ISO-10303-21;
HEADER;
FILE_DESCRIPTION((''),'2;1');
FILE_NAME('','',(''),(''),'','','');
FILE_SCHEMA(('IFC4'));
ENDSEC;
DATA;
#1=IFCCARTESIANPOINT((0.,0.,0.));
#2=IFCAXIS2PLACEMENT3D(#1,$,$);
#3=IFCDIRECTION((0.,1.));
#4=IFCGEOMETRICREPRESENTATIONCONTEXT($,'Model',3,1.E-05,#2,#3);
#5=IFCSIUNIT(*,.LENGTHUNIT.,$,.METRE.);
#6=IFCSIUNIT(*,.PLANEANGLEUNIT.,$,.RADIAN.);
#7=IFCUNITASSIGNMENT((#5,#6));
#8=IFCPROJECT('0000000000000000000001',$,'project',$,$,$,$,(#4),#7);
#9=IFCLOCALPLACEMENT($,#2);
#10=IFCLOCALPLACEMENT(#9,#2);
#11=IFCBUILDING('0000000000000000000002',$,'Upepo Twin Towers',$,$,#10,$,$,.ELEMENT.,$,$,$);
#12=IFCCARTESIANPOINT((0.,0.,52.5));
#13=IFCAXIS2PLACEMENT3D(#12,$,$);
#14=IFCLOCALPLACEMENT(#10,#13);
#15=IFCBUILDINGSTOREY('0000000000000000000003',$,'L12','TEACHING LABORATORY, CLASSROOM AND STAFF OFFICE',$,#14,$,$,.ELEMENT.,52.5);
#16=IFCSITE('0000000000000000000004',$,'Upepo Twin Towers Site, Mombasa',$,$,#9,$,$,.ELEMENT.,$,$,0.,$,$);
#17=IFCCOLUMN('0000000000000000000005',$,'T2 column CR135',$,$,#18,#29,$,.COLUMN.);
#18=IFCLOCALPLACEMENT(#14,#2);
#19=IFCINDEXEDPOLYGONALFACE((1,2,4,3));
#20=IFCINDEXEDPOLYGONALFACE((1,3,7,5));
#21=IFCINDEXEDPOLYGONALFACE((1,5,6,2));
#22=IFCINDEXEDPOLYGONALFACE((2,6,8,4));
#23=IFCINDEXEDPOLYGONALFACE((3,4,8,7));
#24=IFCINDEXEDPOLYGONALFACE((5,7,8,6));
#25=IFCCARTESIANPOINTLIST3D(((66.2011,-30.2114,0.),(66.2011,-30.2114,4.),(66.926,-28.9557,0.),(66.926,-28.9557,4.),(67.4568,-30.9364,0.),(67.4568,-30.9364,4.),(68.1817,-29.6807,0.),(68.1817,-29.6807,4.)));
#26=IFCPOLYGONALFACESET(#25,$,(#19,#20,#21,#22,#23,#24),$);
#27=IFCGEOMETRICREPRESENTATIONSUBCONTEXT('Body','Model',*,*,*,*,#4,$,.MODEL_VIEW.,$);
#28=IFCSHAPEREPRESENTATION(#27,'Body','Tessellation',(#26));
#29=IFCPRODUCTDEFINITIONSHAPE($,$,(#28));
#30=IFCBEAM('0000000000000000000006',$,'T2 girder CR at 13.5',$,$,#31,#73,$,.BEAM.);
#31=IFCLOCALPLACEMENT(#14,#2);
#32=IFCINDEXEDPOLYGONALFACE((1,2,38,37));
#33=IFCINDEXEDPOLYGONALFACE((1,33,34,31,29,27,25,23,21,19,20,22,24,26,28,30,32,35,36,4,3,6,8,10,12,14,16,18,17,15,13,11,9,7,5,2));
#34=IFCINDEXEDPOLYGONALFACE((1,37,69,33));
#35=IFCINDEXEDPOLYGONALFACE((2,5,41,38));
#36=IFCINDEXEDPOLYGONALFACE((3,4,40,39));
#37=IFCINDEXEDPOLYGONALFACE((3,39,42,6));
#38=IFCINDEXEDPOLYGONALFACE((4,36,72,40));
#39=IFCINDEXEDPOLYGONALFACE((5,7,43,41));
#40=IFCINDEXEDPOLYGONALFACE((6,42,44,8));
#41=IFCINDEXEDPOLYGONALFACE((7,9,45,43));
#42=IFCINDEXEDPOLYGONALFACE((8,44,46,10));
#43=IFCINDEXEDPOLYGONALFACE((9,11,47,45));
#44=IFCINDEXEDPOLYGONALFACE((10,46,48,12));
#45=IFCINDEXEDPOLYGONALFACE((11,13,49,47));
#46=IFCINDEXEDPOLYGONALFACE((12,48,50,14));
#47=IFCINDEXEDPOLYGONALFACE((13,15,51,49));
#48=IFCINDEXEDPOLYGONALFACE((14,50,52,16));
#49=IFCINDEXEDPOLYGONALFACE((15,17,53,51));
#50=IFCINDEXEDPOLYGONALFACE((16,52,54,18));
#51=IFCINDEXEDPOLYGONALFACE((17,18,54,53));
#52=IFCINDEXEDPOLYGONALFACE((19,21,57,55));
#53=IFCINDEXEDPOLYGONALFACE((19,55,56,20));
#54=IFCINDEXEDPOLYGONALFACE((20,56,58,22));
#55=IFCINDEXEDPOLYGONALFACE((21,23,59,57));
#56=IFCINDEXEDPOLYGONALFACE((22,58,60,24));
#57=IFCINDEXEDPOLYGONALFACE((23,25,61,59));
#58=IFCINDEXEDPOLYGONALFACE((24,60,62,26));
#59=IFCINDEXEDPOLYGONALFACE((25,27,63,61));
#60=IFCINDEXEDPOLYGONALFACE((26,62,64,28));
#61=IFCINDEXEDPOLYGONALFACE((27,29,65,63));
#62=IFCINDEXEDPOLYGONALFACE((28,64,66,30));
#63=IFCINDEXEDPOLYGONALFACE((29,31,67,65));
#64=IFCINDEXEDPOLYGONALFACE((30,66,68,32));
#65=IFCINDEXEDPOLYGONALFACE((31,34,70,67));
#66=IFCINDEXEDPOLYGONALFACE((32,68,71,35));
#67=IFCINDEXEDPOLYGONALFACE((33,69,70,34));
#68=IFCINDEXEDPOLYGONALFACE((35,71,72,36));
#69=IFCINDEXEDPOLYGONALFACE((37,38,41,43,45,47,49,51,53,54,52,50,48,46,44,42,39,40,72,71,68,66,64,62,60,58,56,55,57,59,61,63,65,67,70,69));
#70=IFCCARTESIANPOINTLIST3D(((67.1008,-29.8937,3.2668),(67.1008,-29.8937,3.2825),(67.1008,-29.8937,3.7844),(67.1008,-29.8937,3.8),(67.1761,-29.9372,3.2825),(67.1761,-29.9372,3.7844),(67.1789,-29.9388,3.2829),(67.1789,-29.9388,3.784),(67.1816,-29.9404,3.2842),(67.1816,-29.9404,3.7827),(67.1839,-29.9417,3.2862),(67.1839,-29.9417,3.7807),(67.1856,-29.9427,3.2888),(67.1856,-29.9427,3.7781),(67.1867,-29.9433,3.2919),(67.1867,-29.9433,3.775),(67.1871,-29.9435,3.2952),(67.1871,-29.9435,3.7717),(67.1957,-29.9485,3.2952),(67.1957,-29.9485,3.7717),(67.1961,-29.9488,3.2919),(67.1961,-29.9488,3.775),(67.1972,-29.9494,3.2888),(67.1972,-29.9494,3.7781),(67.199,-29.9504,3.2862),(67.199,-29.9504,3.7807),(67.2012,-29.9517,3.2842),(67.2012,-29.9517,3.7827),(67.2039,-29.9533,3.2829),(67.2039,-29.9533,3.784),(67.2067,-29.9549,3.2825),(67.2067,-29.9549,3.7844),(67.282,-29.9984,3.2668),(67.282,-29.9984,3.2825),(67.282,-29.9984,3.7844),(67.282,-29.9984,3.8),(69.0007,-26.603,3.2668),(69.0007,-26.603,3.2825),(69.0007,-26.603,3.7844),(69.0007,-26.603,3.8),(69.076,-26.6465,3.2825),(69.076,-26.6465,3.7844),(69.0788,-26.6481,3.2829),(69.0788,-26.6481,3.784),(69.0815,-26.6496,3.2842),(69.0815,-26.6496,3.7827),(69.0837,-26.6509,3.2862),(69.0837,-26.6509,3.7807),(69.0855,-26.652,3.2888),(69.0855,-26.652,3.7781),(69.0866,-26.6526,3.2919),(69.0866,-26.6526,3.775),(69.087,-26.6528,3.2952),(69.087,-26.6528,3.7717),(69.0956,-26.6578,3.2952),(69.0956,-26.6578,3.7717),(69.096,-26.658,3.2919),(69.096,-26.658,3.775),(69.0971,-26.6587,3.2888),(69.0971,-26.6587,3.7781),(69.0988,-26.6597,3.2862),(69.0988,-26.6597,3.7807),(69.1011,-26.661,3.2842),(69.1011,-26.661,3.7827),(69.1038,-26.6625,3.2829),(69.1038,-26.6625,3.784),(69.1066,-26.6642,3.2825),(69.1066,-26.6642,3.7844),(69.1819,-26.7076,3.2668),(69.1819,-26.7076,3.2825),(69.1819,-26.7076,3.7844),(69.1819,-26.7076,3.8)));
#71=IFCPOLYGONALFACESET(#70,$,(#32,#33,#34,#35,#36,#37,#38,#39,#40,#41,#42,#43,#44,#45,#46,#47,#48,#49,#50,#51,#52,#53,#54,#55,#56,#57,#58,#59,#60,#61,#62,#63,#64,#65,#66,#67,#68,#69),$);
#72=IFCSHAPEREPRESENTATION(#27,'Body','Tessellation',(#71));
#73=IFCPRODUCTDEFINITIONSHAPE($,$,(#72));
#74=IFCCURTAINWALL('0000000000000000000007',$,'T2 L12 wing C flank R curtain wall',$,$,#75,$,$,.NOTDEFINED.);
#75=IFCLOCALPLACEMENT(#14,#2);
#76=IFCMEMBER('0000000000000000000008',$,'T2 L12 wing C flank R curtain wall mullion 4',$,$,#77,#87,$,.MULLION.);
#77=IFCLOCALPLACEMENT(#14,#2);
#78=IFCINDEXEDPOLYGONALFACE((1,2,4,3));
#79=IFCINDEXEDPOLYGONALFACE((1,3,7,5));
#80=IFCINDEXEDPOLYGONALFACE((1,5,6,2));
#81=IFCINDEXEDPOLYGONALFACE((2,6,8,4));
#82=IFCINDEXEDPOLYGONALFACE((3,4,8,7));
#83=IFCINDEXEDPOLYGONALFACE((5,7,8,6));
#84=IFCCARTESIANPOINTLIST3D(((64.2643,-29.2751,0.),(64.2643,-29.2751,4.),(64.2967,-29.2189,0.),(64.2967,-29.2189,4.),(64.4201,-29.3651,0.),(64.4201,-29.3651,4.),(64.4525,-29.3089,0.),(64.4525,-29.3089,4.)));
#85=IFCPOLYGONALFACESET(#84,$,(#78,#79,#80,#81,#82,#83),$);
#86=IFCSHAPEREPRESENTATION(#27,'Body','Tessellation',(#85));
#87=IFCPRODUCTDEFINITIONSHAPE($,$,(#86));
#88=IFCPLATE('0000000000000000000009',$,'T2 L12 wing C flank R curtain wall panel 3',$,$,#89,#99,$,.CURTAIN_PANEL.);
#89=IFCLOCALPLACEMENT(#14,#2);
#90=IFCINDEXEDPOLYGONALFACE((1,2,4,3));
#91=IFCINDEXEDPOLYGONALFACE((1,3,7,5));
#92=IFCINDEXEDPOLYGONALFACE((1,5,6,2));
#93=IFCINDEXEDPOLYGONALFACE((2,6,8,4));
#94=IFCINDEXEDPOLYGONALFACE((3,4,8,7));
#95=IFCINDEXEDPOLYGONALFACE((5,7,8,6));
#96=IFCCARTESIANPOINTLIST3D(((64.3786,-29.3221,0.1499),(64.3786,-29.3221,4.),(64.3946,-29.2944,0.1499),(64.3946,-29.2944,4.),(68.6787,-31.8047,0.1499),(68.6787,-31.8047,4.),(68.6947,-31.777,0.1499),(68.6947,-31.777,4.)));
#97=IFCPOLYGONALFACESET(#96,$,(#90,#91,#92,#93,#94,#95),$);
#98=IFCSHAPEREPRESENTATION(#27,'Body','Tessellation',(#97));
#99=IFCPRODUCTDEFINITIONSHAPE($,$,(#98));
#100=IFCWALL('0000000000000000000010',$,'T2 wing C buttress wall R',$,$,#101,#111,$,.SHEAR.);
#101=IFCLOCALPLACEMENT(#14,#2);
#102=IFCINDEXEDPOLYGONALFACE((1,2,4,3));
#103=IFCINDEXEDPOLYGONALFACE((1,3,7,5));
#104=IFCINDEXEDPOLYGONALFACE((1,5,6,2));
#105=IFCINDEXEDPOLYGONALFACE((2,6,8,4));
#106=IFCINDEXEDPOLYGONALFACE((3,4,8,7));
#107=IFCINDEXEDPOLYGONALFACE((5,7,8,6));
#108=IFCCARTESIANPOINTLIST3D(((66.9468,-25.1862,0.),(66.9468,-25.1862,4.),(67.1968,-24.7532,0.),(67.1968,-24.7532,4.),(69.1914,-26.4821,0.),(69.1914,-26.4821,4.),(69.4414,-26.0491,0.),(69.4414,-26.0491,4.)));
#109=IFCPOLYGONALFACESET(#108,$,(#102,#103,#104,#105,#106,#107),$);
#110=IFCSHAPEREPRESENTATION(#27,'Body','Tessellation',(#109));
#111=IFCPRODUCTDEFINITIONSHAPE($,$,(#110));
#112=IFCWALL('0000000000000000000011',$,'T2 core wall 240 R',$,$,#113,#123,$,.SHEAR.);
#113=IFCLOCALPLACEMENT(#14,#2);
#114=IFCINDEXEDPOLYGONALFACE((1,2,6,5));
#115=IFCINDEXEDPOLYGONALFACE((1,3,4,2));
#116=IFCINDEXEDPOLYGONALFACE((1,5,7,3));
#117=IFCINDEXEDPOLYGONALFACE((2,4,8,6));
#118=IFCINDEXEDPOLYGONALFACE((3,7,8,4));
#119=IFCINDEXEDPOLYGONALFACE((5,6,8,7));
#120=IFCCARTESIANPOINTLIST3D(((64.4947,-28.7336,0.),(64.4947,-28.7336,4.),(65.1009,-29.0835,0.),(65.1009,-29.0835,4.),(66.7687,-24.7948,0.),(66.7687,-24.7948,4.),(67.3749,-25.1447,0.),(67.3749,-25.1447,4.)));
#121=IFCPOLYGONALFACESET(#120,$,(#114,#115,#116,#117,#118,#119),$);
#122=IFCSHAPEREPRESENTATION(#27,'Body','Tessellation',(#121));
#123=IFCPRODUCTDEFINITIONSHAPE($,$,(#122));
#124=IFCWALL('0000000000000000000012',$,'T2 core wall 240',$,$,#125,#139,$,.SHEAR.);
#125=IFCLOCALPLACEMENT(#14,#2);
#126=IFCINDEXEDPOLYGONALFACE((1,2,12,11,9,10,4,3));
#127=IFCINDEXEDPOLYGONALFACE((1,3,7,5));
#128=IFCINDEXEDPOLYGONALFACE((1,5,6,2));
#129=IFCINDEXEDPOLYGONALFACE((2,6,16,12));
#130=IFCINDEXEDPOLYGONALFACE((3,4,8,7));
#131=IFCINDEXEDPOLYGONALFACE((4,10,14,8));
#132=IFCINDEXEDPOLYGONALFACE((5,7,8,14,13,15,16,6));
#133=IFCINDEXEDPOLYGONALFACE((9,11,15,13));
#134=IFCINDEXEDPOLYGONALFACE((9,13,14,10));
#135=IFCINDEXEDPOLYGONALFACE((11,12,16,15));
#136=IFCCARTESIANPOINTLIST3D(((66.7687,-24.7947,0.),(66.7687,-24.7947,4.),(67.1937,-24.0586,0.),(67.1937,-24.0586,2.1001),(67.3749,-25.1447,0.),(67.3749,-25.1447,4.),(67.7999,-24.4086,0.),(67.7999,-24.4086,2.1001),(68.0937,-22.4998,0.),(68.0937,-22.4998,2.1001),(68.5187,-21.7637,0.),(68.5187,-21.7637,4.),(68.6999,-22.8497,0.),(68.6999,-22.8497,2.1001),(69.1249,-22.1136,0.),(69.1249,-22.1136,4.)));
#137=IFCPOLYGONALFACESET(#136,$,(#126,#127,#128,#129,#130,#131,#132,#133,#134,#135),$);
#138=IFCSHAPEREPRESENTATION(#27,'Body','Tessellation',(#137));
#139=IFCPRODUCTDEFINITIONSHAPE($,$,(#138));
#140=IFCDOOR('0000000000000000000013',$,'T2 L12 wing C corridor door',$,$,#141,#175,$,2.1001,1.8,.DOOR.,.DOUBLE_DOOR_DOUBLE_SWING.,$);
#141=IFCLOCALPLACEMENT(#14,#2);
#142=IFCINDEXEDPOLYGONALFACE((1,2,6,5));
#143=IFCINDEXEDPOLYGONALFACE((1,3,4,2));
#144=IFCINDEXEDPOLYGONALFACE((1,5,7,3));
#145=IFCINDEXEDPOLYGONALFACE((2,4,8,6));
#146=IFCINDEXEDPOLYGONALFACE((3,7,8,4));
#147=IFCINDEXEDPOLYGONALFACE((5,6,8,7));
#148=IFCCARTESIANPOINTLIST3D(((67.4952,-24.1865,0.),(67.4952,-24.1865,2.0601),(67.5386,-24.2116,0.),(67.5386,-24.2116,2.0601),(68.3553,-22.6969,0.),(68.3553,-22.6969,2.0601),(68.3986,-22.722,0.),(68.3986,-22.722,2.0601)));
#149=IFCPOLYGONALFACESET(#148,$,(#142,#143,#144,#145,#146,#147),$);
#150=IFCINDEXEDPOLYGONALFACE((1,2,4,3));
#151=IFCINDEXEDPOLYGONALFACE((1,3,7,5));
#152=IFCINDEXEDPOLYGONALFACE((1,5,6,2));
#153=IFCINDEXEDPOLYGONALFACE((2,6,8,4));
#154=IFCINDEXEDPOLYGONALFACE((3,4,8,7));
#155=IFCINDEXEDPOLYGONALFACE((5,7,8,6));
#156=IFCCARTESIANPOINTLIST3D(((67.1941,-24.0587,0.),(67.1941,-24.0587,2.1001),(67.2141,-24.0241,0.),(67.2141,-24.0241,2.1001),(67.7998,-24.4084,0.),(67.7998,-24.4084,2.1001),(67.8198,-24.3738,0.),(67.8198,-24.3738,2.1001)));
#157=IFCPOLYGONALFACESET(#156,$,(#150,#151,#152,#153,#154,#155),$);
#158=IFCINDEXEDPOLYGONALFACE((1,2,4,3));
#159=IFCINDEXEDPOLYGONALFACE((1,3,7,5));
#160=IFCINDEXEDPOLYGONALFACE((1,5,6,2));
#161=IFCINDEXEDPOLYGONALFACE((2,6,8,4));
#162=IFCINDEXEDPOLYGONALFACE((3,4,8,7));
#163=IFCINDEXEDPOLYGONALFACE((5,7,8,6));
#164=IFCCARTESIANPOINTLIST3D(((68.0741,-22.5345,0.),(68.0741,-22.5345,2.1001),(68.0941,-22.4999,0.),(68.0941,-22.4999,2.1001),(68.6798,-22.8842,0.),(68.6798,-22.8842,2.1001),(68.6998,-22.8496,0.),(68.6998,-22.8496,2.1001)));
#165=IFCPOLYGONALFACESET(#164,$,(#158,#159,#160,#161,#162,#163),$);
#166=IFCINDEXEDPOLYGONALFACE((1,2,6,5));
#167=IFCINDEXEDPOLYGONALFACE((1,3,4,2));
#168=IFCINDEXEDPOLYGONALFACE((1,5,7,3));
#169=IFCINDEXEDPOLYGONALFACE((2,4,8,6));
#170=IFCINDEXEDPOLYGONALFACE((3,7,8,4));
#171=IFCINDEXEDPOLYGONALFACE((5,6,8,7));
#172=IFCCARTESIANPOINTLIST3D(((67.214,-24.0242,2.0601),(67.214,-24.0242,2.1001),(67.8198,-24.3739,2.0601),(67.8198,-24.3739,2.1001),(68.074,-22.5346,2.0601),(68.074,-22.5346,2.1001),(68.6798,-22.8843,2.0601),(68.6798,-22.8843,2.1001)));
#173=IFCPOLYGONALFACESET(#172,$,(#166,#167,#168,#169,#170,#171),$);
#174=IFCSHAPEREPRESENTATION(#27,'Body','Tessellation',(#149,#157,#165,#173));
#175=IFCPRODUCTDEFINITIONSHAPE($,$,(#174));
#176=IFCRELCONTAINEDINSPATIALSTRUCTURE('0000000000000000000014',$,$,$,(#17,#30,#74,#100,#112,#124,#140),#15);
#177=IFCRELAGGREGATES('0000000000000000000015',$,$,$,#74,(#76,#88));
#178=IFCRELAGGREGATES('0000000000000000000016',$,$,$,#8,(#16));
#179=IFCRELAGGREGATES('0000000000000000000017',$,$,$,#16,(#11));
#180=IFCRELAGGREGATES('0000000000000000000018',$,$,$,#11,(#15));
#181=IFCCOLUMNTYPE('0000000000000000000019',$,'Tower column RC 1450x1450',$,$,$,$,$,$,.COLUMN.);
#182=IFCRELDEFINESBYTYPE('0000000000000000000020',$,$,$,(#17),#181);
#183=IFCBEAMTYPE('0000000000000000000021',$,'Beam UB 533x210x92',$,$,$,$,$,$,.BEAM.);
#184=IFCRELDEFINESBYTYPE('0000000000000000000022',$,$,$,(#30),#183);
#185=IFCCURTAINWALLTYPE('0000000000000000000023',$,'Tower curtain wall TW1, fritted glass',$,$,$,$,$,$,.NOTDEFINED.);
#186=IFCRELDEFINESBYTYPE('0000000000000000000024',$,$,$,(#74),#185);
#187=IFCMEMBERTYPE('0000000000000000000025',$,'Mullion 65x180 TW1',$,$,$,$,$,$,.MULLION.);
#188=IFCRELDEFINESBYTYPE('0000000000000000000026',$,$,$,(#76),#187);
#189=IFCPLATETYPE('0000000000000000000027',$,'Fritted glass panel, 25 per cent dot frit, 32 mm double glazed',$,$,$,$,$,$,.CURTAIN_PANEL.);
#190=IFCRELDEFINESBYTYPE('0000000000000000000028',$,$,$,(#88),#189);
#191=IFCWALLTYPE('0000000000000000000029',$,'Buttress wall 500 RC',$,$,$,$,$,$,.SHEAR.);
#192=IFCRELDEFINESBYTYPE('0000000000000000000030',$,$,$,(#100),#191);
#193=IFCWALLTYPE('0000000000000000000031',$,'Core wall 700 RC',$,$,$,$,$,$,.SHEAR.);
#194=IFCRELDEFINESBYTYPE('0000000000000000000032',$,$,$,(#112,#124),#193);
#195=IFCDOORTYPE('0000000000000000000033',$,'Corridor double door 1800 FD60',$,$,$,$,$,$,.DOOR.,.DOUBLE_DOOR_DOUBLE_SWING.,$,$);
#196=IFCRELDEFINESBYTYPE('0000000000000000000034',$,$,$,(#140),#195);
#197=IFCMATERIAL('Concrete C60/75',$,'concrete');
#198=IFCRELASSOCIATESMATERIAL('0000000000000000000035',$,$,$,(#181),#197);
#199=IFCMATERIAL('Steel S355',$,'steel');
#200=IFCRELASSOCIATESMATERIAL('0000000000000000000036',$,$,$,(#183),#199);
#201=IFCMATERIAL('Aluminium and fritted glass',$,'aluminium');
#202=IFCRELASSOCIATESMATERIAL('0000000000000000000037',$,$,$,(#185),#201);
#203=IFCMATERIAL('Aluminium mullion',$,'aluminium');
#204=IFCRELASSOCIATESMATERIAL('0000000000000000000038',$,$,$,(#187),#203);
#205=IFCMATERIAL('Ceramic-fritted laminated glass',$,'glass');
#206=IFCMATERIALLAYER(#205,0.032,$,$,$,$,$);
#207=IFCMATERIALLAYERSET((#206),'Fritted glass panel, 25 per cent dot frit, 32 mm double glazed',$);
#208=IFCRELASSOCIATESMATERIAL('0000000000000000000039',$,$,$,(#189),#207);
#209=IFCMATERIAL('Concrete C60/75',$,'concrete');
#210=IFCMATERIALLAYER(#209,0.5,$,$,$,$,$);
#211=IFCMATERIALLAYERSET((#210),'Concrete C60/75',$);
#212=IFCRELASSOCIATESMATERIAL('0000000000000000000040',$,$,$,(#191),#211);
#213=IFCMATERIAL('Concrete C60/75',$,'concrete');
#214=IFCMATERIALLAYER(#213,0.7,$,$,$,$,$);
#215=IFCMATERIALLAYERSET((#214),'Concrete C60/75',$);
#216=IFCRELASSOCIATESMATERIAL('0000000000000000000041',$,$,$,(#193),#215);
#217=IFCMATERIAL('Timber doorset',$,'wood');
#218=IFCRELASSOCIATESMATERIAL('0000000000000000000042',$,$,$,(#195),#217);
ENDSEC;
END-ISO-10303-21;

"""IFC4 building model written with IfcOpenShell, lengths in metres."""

from ifc_helpers import new_model, si_unit, direction, frame, frame_2d, origin, origin_2d, place, context, subcontext, project, spatial, rectangle, i_section, extrude, material, layer, layer_set, material_profile, profile_set, type_object, element, fill, aggregate, save


model = new_model("IFC4")

# Units and contexts
model_context = context("Model", 3, precision=1e-05, world=origin(), true_north=direction((0.0, 1.0)))
body_context = subcontext(model_context, "Body", "Model", "MODEL_VIEW")
ifc_project = project(units=[si_unit("LENGTHUNIT", "METRE"), si_unit("PLANEANGLEUNIT", "RADIAN")], contexts=[model_context])

# Site, building, storey
site_placement = place(None, origin())
site = spatial("IfcSite", under=ifc_project, at=site_placement, Name="Upepo Twin Towers Site, Mombasa", CompositionType="ELEMENT", RefElevation=0.0)
building_placement = place(site_placement, origin())
building = spatial("IfcBuilding", under=site, at=building_placement, Name="Upepo Twin Towers", CompositionType="ELEMENT")
storey_placement = place(building_placement, frame((0.0, 0.0, 52.5)))
storey = spatial("IfcBuildingStorey", under=building, at=storey_placement, Name="L12", Description="TEACHING LABORATORY, CLASSROOM AND STAFF OFFICE", CompositionType="ELEMENT", Elevation=52.5)

# Column
ifc_material_1 = material(Name="Concrete C60/75", Category="concrete")
ifc_material_profile_1 = material_profile(ifc_material_1, rectangle(XDim=1.45, YDim=1.45, at=origin_2d()), Name="RC 1450x1450")
ifc_profile_set_1 = profile_set([ifc_material_profile_1], Name="Concrete C60/75")
column_type = type_object("IfcColumnType", Name="Tower column RC 1450x1450", PredefinedType="COLUMN", material=ifc_profile_set_1)
column_placement = place(storey_placement, frame((67.1914, -29.946, 0.0), z_axis=(0.0, 0.0, 1.0), x_axis=(0.5, 0.866025, 0.0)))
element("IfcColumn", 1, at=column_placement, inside=storey, type_object=column_type, Name="T2 column CR135", PredefinedType="COLUMN", context=body_context, shape_type="SweptSolid", body=[
    extrude(rectangle(XDim=1.45, YDim=1.45, at=origin_2d()), origin(), (0.0, 0.0, 1.0), 4.0),
])

# Beam
ifc_material_2 = material(Name="Steel S355", Category="steel")
ifc_material_profile_2 = material_profile(ifc_material_2, i_section(OverallWidth=0.2092, OverallDepth=0.5332, WebThickness=0.01, FlangeThickness=0.0156, FilletRadius=0.0127, at=origin_2d()), Name="UB 533x210x92")
ifc_profile_set_2 = profile_set([ifc_material_profile_2], Name="Steel S355")
beam_type = type_object("IfcBeamType", Name="Beam UB 533x210x92", PredefinedType="BEAM", material=ifc_profile_set_2)
beam_placement = place(storey_placement, frame((67.1914, -29.946, 3.5334), z_axis=(0.499995, 0.866028, 0.0), x_axis=(-0.866028, 0.499995, 0.0)))
element("IfcBeam", 2, at=beam_placement, inside=storey, type_object=beam_type, Name="T2 girder CR at 13.5", PredefinedType="BEAM", context=body_context, shape_type="SweptSolid", body=[
    extrude(i_section(OverallWidth=0.2092, OverallDepth=0.5332, WebThickness=0.01, FlangeThickness=0.0156, FilletRadius=0.0127, at=origin_2d()), origin(), (0.0, 0.0, 1.0), 3.7998),
])

# Curtain wall, member, plate
ifc_material_3 = material(Name="Aluminium and fritted glass", Category="aluminium")
curtain_wall_type = type_object("IfcCurtainWallType", Name="Tower curtain wall TW1, fritted glass", PredefinedType="NOTDEFINED", material=ifc_material_3)
curtain_wall_placement = place(storey_placement, origin())
curtain_wall = element("IfcCurtainWall", 3, at=curtain_wall_placement, inside=storey, type_object=curtain_wall_type, Name="T2 L12 wing C flank R curtain wall", PredefinedType="NOTDEFINED")
ifc_material_4 = material(Name="Aluminium mullion", Category="aluminium")
ifc_material_profile_3 = material_profile(ifc_material_4, rectangle(XDim=0.0649, YDim=0.1799, at=origin_2d()), Name="MULLION 65x180")
ifc_profile_set_3 = profile_set([ifc_material_profile_3], Name="Aluminium mullion")
member_type = type_object("IfcMemberType", Name="Mullion 65x180 TW1", PredefinedType="MULLION", material=ifc_profile_set_3)
member_placement = place(storey_placement, frame((64.3584, -29.292, 0.0), z_axis=(0.0, 0.0, 1.0), x_axis=(-0.5, -0.866025, 0.0)))
member = element("IfcMember", 4, at=member_placement, type_object=member_type, Name="T2 L12 wing C flank R curtain wall mullion 4", PredefinedType="MULLION", context=body_context, shape_type="SweptSolid", body=[
    extrude(rectangle(XDim=0.0649, YDim=0.1799, at=origin_2d()), origin(), (0.0, 0.0, 1.0), 4.0),
])
ifc_material_5 = material(Name="Ceramic-fritted laminated glass", Category="glass")
ifc_layer_1 = layer(ifc_material_5, 0.032)
ifc_layer_set_1 = layer_set([ifc_layer_1], Name="Fritted glass panel, 25 per cent dot frit, 32 mm double glazed")
plate_type = type_object("IfcPlateType", Name="Fritted glass panel, 25 per cent dot frit, 32 mm double glazed", PredefinedType="CURTAIN_PANEL", material=ifc_layer_set_1)
plate_placement = place(storey_placement, frame((66.5366, -30.5496, 0.1499), z_axis=(0.0, 0.0, 1.0), x_axis=(-0.866025, 0.5, 0.0)))
plate = element("IfcPlate", 5, at=plate_placement, type_object=plate_type, Name="T2 L12 wing C flank R curtain wall panel 3", PredefinedType="CURTAIN_PANEL", context=body_context, shape_type="SweptSolid", body=[
    extrude(rectangle(XDim=4.9653, YDim=0.032, at=origin_2d()), origin(), (0.0, 0.0, 1.0), 3.8501),
])
aggregate(curtain_wall, [member, plate])

# Walls
ifc_material_6 = material(Name="Concrete C60/75", Category="concrete")
ifc_layer_2 = layer(ifc_material_6, 0.5)
ifc_layer_set_2 = layer_set([ifc_layer_2], Name="Concrete C60/75")
wall_type_1 = type_object("IfcWallType", Name="Buttress wall 500 RC", PredefinedType="SHEAR", material=ifc_layer_set_2)
wall_1_placement = place(storey_placement, frame((67.0718, -24.9697, 0.0), z_axis=(0.0, 0.0, 1.0), x_axis=(0.866032, -0.499989, 0.0)))
element("IfcWall", 6, at=wall_1_placement, inside=storey, type_object=wall_type_1, Name="T2 wing C buttress wall R", PredefinedType="SHEAR", context=body_context, shape_type="SweptSolid", body=[
    extrude(rectangle(XDim=2.5918, YDim=0.5, at=frame_2d((1.2959, 0.0))), origin(), (0.0, 0.0, 1.0), 4.0),
])
ifc_material_7 = material(Name="Concrete C60/75", Category="concrete")
ifc_layer_3 = layer(ifc_material_7, 0.7)
ifc_layer_set_3 = layer_set([ifc_layer_3], Name="Concrete C60/75")
wall_type_2 = type_object("IfcWallType", Name="Core wall 700 RC", PredefinedType="SHEAR", material=ifc_layer_set_3)
wall_2_placement = place(storey_placement, frame((64.7979, -28.9084, 0.0), z_axis=(0.0, 0.0, 1.0), x_axis=(0.499984, 0.866035, 0.0)))
element("IfcWall", 7, at=wall_2_placement, inside=storey, type_object=wall_type_2, Name="T2 core wall 240 R", PredefinedType="SHEAR", context=body_context, shape_type="SweptSolid", body=[
    extrude(rectangle(XDim=4.5481, YDim=0.7, at=frame_2d((2.2739, 0.0))), origin(), (0.0, 0.0, 1.0), 4.0),
])

# Wall, opening, door
wall_3_placement = place(storey_placement, frame((67.0718, -24.9697, 0.0), z_axis=(0.0, 0.0, 1.0), x_axis=(0.50001, 0.866019, 0.0)))
wall_3 = element("IfcWall", 8, at=wall_3_placement, inside=storey, type_object=wall_type_2, Name="T2 core wall 240", PredefinedType="SHEAR", context=body_context, shape_type="SweptSolid", body=[
    extrude(rectangle(XDim=3.5, YDim=0.7, at=frame_2d((1.75, 0.0))), origin(), (0.0, 0.0, 1.0), 4.0),
])
opening_1_placement = place(wall_3_placement, frame((0.8501, 0.0, 0.0)))
opening_1 = element("IfcOpeningElement", 9, at=opening_1_placement, cuts=wall_3, PredefinedType="OPENING", context=body_context, shape_type="SweptSolid", body=[
    extrude(rectangle(XDim=1.8, YDim=2.1001, at=frame_2d((0.8999, 1.05))), frame((0.0, 0.3599, 0.0), z_axis=(0.0, -1.0, 0.0), x_axis=(1.0, 0.0, 0.0)), (0.0, 0.0, 1.0), 0.72),
])
ifc_material_8 = material(Name="Timber doorset", Category="wood")
door_type_1 = type_object("IfcDoorType", Name="Corridor double door 1800 FD60", OperationType="DOUBLE_DOOR_DOUBLE_SWING", PredefinedType="DOOR", material=ifc_material_8)
door_1_placement = place(opening_1_placement, origin())
door_1 = element("IfcDoor", 10, at=door_1_placement, inside=storey, type_object=door_type_1, Name="T2 L12 wing C corridor door", OperationType="DOUBLE_DOOR_DOUBLE_SWING", OverallHeight=2.1001, OverallWidth=1.8, PredefinedType="DOOR", context=body_context, shape_type="SweptSolid", body=[
    extrude(rectangle(XDim=1.72, YDim=2.0601, at=frame_2d((0.8999, 1.03))), frame((0.0, 0.0249, 0.0), z_axis=(0.0, -1.0, 0.0), x_axis=(1.0, 0.0, 0.0)), (0.0, 0.0, 1.0), 0.05),
    extrude(rectangle(XDim=0.04, YDim=2.1001, at=frame_2d((0.02, 1.05))), frame((0.0, 0.3496, 0.0), z_axis=(0.0, -1.0, 0.0), x_axis=(1.0, 0.0, 0.0)), (0.0, 0.0, 1.0), 0.6995),
    extrude(rectangle(XDim=0.04, YDim=2.1001, at=frame_2d((1.78, 1.05))), frame((0.0, 0.3496, 0.0), z_axis=(0.0, -1.0, 0.0), x_axis=(1.0, 0.0, 0.0)), (0.0, 0.0, 1.0), 0.6995),
    extrude(rectangle(XDim=1.72, YDim=0.04, at=frame_2d((0.8999, 2.0801))), frame((0.0, 0.3496, 0.0), z_axis=(0.0, -1.0, 0.0), x_axis=(1.0, 0.0, 0.0)), (0.0, 0.0, 1.0), 0.6995),
])
fill(opening_1, door_1)

save(model, "model.ifc")
